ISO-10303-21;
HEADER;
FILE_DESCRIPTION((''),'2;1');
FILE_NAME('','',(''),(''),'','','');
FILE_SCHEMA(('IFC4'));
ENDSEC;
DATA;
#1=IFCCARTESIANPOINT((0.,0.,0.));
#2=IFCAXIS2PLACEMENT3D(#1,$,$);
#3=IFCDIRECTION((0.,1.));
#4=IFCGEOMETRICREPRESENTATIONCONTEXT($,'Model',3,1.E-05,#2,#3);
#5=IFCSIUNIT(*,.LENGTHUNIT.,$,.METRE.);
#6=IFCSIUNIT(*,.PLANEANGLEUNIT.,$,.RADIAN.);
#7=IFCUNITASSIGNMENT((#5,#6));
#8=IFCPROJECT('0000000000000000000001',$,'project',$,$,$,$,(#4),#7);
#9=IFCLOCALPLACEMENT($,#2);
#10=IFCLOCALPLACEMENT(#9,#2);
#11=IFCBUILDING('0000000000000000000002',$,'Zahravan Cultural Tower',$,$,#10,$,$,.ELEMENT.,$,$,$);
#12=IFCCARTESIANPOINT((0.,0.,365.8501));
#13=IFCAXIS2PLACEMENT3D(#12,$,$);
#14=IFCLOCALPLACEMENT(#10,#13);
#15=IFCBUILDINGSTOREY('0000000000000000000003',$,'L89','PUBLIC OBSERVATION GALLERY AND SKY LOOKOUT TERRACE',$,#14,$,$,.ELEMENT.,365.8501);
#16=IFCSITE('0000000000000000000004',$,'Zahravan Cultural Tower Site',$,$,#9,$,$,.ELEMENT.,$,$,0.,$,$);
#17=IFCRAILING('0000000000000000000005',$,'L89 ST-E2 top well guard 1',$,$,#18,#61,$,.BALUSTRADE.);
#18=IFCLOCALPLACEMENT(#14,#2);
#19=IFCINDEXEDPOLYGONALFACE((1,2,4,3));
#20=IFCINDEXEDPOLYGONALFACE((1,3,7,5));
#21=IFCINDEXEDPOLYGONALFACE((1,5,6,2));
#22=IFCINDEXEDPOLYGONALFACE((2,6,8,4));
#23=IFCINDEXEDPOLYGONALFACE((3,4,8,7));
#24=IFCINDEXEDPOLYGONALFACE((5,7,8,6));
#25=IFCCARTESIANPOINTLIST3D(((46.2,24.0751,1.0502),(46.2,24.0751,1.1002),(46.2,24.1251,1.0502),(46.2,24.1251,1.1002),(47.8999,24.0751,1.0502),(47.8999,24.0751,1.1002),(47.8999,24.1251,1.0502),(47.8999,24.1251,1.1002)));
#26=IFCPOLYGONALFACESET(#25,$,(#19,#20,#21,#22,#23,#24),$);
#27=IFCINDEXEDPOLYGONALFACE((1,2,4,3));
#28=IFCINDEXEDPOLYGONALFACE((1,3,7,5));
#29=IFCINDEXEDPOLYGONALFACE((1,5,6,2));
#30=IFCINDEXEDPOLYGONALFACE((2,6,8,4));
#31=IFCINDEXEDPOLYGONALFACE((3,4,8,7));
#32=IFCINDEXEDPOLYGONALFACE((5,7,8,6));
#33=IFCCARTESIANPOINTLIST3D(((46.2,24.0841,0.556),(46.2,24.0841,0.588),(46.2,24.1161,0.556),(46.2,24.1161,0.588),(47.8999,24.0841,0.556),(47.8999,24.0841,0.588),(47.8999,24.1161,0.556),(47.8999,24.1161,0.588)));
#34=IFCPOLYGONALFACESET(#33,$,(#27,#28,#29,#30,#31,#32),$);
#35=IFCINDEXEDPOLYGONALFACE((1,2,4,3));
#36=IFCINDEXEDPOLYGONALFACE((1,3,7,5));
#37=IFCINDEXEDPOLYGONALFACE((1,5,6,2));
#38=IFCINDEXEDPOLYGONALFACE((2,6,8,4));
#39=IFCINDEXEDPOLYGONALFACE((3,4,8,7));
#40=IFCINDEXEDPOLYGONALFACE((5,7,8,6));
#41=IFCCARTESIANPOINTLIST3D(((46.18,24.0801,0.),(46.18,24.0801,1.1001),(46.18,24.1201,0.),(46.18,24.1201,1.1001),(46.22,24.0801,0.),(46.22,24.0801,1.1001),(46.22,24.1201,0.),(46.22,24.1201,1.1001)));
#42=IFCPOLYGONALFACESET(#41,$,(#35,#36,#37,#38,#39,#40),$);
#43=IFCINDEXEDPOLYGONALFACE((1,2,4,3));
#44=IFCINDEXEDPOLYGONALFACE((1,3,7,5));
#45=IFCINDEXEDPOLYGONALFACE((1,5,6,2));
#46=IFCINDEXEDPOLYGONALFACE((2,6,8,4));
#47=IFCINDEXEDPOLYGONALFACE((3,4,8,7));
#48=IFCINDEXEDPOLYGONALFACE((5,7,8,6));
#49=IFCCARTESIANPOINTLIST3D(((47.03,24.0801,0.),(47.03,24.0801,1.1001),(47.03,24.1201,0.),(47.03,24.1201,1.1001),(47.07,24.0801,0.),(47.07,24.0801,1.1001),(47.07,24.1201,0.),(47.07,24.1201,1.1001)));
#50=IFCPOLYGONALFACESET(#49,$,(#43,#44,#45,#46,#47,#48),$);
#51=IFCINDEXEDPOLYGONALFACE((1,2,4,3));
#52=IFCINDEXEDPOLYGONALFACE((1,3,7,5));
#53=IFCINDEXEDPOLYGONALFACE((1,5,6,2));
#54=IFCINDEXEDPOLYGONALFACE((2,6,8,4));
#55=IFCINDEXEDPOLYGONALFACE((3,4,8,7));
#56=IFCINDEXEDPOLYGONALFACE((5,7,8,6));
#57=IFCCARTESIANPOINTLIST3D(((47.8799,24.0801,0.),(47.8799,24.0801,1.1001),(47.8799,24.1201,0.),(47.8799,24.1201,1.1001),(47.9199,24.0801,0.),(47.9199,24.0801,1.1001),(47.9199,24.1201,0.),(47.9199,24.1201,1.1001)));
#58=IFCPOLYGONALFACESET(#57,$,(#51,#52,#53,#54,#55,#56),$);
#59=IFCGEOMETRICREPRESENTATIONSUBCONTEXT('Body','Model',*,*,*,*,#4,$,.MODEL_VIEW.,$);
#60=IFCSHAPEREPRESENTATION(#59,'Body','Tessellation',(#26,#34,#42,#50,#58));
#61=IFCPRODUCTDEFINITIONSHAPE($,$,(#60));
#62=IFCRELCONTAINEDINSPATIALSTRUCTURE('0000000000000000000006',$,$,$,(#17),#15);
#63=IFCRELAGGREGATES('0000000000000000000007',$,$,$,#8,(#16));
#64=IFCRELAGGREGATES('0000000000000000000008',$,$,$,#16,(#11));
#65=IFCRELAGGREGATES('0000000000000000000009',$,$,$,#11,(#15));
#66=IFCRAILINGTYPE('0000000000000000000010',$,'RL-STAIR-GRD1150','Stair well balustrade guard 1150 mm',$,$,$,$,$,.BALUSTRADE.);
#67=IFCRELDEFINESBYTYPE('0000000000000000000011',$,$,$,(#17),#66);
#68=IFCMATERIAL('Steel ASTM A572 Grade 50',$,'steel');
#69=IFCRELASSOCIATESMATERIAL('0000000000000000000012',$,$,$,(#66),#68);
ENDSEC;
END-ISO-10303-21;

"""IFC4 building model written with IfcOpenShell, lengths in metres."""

from ifc_helpers import new_model, si_unit, direction, frame, origin, origin_2d, place, context, subcontext, project, spatial, rectangle, extrude, material, type_object, element, save


model = new_model("IFC4")

# Units and contexts
model_context = context("Model", 3, precision=1e-05, world=origin(), true_north=direction((0.0, 1.0)))
body_context = subcontext(model_context, "Body", "Model", "MODEL_VIEW")
ifc_project = project(units=[si_unit("LENGTHUNIT", "METRE"), si_unit("PLANEANGLEUNIT", "RADIAN")], contexts=[model_context])

# Site, building, storey
site_placement = place(None, origin())
site = spatial("IfcSite", under=ifc_project, at=site_placement, Name="Zahravan Cultural Tower Site", CompositionType="ELEMENT", RefElevation=0.0)
building_placement = place(site_placement, origin())
building = spatial("IfcBuilding", under=site, at=building_placement, Name="Zahravan Cultural Tower", CompositionType="ELEMENT")
storey_placement = place(building_placement, frame((0.0, 0.0, 365.8501)))
storey = spatial("IfcBuildingStorey", under=building, at=storey_placement, Name="L89", Description="PUBLIC OBSERVATION GALLERY AND SKY LOOKOUT TERRACE", CompositionType="ELEMENT", Elevation=365.8501)

# Shared definitions
ifc_material_1 = material(Name="Steel ASTM A572 Grade 50", Category="steel")

# Railing
railing_type = type_object("IfcRailingType", Name="RL-STAIR-GRD1150", Description="Stair well balustrade guard 1150 mm", PredefinedType="BALUSTRADE", material=ifc_material_1)
railing_placement = place(storey_placement, frame((46.2, 24.1001, 0.0)))
element("IfcRailing", 1, at=railing_placement, inside=storey, type_object=railing_type, Name="L89 ST-E2 top well guard 1", PredefinedType="BALUSTRADE", context=body_context, shape_type="SweptSolid", body=[
    extrude(rectangle(XDim=0.05, YDim=0.05, at=origin_2d()), frame((0.0, 0.0, 1.0752), z_axis=(1.0, 0.0, 0.0), x_axis=(0.0, 1.0, 0.0)), (0.0, 0.0, 1.0), 1.7),
    extrude(rectangle(XDim=0.032, YDim=0.032, at=origin_2d()), frame((0.0, 0.0, 0.572), z_axis=(1.0, 0.0, 0.0), x_axis=(0.0, 1.0, 0.0)), (0.0, 0.0, 1.0), 1.7),
    extrude(rectangle(XDim=0.04, YDim=0.04, at=origin_2d()), origin(), (0.0, 0.0, 1.0), 1.1001),
    extrude(rectangle(XDim=0.04, YDim=0.04, at=origin_2d()), frame((0.8501, 0.0, 0.0)), (0.0, 0.0, 1.0), 1.1001),
    extrude(rectangle(XDim=0.04, YDim=0.04, at=origin_2d()), frame((1.7, 0.0, 0.0)), (0.0, 0.0, 1.0), 1.1001),
])

save(model, "model.ifc")
